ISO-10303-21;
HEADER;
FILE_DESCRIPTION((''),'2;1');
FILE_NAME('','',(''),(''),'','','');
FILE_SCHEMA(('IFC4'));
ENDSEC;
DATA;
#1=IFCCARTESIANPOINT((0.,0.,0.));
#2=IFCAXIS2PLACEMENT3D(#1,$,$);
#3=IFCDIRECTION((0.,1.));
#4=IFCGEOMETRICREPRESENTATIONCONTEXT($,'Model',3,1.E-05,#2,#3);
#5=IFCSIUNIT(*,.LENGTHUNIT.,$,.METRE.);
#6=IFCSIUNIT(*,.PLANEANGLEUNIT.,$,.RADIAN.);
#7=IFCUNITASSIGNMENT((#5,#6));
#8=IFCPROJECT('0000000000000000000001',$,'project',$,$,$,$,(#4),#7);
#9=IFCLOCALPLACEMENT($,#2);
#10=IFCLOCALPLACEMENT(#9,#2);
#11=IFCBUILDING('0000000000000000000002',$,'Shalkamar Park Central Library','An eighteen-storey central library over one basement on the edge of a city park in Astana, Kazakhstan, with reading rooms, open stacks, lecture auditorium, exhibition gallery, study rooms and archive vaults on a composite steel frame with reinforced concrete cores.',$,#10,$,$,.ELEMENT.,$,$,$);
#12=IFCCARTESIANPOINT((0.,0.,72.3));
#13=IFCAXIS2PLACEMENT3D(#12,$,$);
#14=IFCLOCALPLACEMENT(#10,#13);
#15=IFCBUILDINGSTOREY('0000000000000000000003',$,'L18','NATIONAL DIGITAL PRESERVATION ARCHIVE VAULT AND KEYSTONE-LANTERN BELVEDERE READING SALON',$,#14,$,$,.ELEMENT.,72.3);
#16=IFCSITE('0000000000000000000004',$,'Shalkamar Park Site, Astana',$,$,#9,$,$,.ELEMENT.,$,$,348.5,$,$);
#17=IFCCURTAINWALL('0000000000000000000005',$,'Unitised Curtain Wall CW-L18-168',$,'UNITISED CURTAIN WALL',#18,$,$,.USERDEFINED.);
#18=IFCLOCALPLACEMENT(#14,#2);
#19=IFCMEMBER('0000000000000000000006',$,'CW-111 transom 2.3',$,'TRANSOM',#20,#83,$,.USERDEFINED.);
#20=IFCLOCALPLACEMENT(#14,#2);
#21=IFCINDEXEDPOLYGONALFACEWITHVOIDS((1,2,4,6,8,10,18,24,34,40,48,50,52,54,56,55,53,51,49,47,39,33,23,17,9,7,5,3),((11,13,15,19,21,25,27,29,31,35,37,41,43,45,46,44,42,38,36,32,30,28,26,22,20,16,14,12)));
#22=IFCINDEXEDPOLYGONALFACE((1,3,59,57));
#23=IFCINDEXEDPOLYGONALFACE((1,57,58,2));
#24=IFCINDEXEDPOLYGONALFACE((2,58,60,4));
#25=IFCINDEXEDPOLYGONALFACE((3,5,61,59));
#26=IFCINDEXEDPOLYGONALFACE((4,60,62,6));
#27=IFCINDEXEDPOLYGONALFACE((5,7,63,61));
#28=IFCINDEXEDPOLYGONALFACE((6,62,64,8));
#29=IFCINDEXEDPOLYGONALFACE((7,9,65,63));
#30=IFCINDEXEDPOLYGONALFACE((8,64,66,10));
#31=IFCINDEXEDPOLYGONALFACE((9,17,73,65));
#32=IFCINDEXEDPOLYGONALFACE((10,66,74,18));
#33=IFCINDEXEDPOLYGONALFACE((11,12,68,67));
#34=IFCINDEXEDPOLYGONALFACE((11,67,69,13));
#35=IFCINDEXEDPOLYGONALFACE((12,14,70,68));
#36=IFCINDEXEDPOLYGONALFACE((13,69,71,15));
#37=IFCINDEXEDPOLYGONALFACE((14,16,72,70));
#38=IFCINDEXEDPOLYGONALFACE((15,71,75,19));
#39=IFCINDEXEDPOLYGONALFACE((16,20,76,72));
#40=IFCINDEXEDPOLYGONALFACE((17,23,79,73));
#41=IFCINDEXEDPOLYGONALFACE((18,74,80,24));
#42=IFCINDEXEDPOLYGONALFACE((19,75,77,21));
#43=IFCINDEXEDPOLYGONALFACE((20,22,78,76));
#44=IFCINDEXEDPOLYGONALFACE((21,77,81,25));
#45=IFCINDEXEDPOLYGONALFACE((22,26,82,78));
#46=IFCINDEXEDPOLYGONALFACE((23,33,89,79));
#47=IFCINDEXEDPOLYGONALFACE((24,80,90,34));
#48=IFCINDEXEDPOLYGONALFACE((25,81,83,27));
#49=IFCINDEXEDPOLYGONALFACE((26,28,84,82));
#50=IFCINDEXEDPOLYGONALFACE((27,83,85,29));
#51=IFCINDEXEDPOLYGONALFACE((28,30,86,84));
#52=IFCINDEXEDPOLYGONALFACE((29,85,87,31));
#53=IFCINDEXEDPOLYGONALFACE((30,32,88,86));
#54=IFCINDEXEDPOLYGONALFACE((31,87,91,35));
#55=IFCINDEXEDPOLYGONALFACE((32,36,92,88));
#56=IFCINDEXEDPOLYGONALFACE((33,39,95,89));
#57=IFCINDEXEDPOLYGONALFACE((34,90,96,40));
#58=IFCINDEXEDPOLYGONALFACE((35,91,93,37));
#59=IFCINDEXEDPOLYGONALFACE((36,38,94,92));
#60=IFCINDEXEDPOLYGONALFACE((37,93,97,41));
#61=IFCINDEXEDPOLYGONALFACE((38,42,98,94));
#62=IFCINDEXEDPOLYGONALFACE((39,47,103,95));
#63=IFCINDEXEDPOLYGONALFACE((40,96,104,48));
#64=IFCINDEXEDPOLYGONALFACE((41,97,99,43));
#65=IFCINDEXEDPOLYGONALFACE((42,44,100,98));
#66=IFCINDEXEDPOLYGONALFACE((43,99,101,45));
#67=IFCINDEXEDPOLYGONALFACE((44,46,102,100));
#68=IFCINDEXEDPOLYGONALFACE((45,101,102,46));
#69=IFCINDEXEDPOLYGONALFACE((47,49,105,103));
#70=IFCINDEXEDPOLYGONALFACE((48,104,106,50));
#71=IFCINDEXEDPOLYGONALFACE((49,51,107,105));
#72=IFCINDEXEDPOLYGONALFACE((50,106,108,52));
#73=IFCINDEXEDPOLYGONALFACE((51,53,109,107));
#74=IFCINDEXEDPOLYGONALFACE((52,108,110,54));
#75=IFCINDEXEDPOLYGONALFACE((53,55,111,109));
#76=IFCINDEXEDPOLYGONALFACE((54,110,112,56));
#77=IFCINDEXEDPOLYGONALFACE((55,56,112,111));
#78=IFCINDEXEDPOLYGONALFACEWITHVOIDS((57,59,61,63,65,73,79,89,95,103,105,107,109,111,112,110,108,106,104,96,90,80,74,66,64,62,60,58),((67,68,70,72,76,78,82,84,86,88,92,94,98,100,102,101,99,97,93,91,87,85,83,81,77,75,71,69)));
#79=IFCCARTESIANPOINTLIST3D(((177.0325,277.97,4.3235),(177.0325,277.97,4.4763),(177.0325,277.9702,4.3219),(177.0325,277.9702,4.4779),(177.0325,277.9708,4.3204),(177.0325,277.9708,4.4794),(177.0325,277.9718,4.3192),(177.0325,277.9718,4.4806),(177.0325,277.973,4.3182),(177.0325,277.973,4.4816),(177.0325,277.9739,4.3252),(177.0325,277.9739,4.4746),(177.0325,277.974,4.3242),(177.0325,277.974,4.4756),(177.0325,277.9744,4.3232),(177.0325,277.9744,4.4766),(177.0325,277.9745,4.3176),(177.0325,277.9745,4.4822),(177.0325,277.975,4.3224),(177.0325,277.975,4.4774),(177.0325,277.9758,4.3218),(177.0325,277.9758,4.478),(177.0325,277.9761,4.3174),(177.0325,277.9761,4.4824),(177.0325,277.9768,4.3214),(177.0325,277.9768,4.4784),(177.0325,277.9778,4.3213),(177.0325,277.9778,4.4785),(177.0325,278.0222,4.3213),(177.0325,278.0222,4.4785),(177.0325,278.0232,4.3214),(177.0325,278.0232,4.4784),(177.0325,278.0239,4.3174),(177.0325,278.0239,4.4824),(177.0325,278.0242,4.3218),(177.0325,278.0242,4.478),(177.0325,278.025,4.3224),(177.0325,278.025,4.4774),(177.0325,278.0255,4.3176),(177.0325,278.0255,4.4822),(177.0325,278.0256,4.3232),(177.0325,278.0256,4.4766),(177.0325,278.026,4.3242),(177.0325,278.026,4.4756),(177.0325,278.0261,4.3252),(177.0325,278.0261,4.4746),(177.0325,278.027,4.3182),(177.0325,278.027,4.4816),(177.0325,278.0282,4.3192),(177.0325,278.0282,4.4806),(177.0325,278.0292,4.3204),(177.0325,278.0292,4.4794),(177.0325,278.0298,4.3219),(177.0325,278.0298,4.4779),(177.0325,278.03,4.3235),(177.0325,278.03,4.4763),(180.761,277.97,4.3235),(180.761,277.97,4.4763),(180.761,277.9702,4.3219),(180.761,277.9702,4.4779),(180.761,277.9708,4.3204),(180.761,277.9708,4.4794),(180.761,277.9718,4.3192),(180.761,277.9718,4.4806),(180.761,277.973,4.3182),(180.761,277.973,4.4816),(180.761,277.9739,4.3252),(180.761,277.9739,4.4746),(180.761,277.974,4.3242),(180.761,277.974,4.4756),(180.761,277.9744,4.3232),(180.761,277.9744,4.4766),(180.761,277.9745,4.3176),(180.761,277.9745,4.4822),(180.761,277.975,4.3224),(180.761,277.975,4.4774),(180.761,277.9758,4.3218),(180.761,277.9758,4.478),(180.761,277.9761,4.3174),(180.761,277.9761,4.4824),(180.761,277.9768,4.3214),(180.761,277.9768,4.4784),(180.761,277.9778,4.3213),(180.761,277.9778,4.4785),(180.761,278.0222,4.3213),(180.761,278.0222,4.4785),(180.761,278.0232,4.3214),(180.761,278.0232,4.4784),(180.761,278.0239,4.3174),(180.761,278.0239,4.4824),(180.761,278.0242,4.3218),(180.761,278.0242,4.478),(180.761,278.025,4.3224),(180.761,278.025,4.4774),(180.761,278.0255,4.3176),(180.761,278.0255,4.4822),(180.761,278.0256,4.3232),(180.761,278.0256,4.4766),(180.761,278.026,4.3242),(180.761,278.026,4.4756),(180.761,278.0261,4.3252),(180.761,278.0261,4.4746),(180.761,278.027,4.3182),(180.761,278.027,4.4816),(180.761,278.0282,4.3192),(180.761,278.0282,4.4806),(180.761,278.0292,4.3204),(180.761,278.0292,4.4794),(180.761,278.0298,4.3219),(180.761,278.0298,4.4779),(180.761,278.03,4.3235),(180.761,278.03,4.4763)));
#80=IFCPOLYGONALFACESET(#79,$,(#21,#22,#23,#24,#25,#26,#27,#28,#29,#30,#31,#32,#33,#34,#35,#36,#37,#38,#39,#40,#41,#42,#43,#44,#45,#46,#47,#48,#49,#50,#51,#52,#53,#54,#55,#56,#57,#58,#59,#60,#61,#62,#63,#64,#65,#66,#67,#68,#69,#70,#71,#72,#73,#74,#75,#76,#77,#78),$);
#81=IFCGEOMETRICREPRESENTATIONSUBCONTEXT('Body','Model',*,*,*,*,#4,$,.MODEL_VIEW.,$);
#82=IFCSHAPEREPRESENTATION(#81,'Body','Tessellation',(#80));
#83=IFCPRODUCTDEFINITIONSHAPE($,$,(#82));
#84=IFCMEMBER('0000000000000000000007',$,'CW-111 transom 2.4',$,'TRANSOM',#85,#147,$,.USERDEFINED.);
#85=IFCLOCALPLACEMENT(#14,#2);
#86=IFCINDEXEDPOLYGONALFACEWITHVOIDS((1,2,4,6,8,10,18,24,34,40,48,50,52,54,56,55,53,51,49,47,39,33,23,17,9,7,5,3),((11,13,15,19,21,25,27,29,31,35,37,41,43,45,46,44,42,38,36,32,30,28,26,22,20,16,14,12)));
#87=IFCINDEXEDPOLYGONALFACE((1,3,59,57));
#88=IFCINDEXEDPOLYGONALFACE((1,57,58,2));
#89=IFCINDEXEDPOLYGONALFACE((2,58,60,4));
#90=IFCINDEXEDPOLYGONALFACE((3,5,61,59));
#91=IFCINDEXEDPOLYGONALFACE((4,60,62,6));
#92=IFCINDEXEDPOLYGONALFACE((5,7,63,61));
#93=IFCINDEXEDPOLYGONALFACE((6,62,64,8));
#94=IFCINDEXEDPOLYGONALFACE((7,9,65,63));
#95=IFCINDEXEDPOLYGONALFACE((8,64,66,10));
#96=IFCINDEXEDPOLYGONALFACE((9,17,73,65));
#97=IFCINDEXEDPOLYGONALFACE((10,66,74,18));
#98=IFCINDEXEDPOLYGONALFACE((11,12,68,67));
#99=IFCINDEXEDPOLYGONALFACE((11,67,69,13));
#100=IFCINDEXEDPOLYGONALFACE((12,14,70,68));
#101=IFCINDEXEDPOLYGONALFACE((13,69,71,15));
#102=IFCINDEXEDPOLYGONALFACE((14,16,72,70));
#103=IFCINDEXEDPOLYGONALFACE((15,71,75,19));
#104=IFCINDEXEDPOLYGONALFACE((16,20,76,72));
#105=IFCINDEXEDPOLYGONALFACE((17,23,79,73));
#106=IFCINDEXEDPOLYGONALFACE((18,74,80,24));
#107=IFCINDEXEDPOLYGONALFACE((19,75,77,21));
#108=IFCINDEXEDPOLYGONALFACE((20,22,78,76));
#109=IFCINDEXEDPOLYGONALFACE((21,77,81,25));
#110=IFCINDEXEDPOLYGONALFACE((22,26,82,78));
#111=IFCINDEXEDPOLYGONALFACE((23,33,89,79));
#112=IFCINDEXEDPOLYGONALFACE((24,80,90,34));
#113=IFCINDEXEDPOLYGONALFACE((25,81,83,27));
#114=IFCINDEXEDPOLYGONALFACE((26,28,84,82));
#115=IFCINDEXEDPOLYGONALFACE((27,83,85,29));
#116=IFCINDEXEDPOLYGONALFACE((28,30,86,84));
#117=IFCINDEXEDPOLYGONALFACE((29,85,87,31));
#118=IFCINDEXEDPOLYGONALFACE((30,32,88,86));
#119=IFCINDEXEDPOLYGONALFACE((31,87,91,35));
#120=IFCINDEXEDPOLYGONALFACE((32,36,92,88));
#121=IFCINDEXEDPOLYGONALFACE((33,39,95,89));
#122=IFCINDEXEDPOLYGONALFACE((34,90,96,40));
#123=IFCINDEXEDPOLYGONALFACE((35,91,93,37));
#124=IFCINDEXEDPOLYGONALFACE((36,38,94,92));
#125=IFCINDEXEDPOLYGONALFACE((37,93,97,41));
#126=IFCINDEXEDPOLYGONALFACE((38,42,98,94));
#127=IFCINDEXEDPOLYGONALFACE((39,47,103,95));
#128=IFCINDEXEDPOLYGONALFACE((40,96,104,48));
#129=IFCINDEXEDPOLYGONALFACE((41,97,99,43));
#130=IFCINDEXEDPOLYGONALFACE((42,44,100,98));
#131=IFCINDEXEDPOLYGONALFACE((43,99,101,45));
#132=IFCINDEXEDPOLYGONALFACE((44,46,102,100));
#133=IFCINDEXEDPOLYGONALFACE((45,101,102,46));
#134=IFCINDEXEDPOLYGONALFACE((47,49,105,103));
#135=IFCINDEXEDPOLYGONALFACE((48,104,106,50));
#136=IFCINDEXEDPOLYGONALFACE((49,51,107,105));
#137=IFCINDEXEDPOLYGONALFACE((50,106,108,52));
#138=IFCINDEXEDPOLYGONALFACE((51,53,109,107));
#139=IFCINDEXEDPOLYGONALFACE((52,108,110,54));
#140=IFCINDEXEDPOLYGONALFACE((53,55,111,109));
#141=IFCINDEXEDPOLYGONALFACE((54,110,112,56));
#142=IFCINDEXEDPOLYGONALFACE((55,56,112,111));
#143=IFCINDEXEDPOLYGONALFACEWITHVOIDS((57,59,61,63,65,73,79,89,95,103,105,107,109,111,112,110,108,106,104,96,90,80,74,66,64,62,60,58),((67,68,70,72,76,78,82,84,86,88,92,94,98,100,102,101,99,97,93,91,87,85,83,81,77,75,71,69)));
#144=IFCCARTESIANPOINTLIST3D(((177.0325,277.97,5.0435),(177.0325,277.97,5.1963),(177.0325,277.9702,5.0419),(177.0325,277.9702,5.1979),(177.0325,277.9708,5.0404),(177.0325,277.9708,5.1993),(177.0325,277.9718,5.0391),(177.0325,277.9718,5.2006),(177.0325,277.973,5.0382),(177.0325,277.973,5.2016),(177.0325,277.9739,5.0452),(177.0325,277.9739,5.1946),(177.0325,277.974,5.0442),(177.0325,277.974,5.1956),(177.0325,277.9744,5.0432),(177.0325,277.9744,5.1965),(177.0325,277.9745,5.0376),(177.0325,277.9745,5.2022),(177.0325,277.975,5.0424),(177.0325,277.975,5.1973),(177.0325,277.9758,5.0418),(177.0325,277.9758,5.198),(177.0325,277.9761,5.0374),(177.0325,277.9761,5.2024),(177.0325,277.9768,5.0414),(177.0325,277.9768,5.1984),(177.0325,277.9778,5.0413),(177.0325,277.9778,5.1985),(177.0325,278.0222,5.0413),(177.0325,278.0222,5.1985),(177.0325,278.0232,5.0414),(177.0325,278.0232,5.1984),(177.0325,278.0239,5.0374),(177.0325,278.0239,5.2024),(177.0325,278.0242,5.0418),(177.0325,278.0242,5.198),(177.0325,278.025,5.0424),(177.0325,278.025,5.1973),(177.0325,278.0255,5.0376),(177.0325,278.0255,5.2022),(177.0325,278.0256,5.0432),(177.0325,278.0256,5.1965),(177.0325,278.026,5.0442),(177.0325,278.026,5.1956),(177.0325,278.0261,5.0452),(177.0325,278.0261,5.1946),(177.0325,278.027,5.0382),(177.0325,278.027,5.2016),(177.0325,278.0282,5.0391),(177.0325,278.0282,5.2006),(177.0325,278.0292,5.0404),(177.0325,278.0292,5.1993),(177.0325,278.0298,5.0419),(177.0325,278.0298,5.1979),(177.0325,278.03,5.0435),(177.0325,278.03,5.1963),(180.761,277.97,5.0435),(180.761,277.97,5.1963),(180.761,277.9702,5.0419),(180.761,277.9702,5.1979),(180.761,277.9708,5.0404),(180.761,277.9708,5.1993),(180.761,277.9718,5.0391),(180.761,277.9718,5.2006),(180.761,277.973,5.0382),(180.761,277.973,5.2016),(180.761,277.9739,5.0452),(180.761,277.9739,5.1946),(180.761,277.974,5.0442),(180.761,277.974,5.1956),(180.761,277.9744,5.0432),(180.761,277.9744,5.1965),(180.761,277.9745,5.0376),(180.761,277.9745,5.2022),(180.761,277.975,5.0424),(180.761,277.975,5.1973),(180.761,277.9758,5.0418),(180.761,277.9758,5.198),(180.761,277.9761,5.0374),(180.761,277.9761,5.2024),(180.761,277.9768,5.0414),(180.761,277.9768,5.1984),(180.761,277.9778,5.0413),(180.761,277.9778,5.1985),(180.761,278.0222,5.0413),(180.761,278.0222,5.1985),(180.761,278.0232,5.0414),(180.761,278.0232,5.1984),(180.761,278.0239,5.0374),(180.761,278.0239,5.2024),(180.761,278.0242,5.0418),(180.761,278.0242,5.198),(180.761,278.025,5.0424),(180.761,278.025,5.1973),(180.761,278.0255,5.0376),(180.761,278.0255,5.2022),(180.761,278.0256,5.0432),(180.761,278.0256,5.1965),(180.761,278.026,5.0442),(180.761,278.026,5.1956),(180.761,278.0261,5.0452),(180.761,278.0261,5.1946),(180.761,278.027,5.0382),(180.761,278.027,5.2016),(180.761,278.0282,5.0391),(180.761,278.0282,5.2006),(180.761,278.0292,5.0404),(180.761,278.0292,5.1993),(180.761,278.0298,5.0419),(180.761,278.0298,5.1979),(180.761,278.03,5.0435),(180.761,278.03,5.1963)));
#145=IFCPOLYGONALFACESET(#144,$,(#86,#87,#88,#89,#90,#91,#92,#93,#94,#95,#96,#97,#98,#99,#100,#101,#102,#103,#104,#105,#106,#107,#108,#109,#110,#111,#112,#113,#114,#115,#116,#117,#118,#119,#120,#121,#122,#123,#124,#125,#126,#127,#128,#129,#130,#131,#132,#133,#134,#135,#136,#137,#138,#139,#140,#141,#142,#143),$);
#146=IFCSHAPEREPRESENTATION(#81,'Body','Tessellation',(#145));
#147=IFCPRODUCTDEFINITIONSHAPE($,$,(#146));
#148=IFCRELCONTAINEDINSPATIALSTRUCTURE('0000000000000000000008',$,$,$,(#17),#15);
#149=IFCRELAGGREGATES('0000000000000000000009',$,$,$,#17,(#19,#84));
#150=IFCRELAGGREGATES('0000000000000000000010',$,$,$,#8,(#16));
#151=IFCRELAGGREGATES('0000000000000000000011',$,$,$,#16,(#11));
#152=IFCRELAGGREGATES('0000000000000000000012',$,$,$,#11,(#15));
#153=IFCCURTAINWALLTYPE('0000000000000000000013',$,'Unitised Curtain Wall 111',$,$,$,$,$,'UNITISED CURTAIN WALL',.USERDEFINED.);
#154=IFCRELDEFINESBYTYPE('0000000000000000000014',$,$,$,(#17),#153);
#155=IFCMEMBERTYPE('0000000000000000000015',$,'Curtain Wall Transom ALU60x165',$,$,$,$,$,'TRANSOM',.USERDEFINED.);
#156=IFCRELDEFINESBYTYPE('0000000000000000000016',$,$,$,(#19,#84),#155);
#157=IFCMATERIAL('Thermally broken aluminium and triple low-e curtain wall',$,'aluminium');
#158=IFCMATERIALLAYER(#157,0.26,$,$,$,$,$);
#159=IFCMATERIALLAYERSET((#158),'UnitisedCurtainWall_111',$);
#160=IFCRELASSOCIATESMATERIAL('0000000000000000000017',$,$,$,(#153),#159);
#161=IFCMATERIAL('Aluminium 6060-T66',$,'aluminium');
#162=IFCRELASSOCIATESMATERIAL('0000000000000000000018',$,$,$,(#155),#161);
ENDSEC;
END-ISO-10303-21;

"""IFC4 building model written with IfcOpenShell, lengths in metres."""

from ifc_helpers import new_model, si_unit, direction, frame, origin, origin_2d, place, context, subcontext, project, spatial, hollow_rectangle, extrude, material, layer, layer_set, material_profile, profile_set, type_object, element, aggregate, save


model = new_model("IFC4")

# Units and contexts
model_context = context("Model", 3, precision=1e-05, world=origin(), true_north=direction((0.0, 1.0)))
body_context = subcontext(model_context, "Body", "Model", "MODEL_VIEW")
ifc_project = project(units=[si_unit("LENGTHUNIT", "METRE"), si_unit("PLANEANGLEUNIT", "RADIAN")], contexts=[model_context])

# Site, building, storey
site_placement = place(None, origin())
site = spatial("IfcSite", under=ifc_project, at=site_placement, Name="Shalkamar Park Site, Astana", CompositionType="ELEMENT", RefElevation=348.5)
building_placement = place(site_placement, origin())
building = spatial("IfcBuilding", under=site, at=building_placement, Name="Shalkamar Park Central Library", Description="An eighteen-storey central library over one basement on the edge of a city park in Astana, Kazakhstan, with reading rooms, open stacks, lecture auditorium, exhibition gallery, study rooms and archive vaults on a composite steel frame with reinforced concrete cores.", CompositionType="ELEMENT")
storey_placement = place(building_placement, frame((0.0, 0.0, 72.3)))
storey = spatial("IfcBuildingStorey", under=building, at=storey_placement, Name="L18", Description="NATIONAL DIGITAL PRESERVATION ARCHIVE VAULT AND KEYSTONE-LANTERN BELVEDERE READING SALON", CompositionType="ELEMENT", Elevation=72.3)

# Curtain wall
ifc_material_1 = material(Name="Thermally broken aluminium and triple low-e curtain wall", Category="aluminium")
ifc_layer_1 = layer(ifc_material_1, 0.26)
ifc_layer_set_1 = layer_set([ifc_layer_1], Name="UnitisedCurtainWall_111")
curtain_wall_type_1 = type_object("IfcCurtainWallType", Name="Unitised Curtain Wall 111", ElementType="UNITISED CURTAIN WALL", PredefinedType="USERDEFINED", material=ifc_layer_set_1)
curtain_wall_1_placement = place(storey_placement, origin())
curtain_wall_1 = element("IfcCurtainWall", 1, at=curtain_wall_1_placement, inside=storey, type_object=curtain_wall_type_1, Name="Unitised Curtain Wall CW-L18-168", ObjectType="UNITISED CURTAIN WALL", PredefinedType="USERDEFINED")
ifc_material_2 = material(Name="Aluminium 6060-T66", Category="aluminium")

# Members
ifc_material_profile_1 = material_profile(ifc_material_2, hollow_rectangle(XDim=0.0601, YDim=0.165, WallThickness=0.0039, InnerFilletRadius=0.0039, OuterFilletRadius=0.0061, at=origin_2d()), Name="ALU 60x165x4")
ifc_profile_set_1 = profile_set([ifc_material_profile_1], Name="Aluminium 6060-T66")
member_type_1 = type_object("IfcMemberType", Name="Curtain Wall Transom ALU60x165", ElementType="TRANSOM", PredefinedType="USERDEFINED", material=ifc_profile_set_1)
member_1_placement = place(storey_placement, frame((177.0325, 278.0, 4.3999), z_axis=(1.0, 0.0, 0.0), x_axis=(0.0, 1.0, 0.0)))
member_1 = element("IfcMember", 2, at=member_1_placement, type_object=member_type_1, Name="CW-111 transom 2.3", ObjectType="TRANSOM", PredefinedType="USERDEFINED", context=body_context, shape_type="SweptSolid", body=[
    extrude(hollow_rectangle(XDim=0.0601, YDim=0.165, WallThickness=0.0039, InnerFilletRadius=0.0039, OuterFilletRadius=0.0061, at=origin_2d()), origin(), (0.0, 0.0, 1.0), 3.7285),
])
member_2_placement = place(storey_placement, frame((177.0325, 278.0, 5.1199), z_axis=(1.0, 0.0, 0.0), x_axis=(0.0, 1.0, 0.0)))
member_2 = element("IfcMember", 3, at=member_2_placement, type_object=member_type_1, Name="CW-111 transom 2.4", ObjectType="TRANSOM", PredefinedType="USERDEFINED", context=body_context, shape_type="SweptSolid", body=[
    extrude(hollow_rectangle(XDim=0.0601, YDim=0.165, WallThickness=0.0039, InnerFilletRadius=0.0039, OuterFilletRadius=0.0061, at=origin_2d()), origin(), (0.0, 0.0, 1.0), 3.7285),
])

aggregate(curtain_wall_1, [member_1, member_2])

save(model, "model.ifc")
